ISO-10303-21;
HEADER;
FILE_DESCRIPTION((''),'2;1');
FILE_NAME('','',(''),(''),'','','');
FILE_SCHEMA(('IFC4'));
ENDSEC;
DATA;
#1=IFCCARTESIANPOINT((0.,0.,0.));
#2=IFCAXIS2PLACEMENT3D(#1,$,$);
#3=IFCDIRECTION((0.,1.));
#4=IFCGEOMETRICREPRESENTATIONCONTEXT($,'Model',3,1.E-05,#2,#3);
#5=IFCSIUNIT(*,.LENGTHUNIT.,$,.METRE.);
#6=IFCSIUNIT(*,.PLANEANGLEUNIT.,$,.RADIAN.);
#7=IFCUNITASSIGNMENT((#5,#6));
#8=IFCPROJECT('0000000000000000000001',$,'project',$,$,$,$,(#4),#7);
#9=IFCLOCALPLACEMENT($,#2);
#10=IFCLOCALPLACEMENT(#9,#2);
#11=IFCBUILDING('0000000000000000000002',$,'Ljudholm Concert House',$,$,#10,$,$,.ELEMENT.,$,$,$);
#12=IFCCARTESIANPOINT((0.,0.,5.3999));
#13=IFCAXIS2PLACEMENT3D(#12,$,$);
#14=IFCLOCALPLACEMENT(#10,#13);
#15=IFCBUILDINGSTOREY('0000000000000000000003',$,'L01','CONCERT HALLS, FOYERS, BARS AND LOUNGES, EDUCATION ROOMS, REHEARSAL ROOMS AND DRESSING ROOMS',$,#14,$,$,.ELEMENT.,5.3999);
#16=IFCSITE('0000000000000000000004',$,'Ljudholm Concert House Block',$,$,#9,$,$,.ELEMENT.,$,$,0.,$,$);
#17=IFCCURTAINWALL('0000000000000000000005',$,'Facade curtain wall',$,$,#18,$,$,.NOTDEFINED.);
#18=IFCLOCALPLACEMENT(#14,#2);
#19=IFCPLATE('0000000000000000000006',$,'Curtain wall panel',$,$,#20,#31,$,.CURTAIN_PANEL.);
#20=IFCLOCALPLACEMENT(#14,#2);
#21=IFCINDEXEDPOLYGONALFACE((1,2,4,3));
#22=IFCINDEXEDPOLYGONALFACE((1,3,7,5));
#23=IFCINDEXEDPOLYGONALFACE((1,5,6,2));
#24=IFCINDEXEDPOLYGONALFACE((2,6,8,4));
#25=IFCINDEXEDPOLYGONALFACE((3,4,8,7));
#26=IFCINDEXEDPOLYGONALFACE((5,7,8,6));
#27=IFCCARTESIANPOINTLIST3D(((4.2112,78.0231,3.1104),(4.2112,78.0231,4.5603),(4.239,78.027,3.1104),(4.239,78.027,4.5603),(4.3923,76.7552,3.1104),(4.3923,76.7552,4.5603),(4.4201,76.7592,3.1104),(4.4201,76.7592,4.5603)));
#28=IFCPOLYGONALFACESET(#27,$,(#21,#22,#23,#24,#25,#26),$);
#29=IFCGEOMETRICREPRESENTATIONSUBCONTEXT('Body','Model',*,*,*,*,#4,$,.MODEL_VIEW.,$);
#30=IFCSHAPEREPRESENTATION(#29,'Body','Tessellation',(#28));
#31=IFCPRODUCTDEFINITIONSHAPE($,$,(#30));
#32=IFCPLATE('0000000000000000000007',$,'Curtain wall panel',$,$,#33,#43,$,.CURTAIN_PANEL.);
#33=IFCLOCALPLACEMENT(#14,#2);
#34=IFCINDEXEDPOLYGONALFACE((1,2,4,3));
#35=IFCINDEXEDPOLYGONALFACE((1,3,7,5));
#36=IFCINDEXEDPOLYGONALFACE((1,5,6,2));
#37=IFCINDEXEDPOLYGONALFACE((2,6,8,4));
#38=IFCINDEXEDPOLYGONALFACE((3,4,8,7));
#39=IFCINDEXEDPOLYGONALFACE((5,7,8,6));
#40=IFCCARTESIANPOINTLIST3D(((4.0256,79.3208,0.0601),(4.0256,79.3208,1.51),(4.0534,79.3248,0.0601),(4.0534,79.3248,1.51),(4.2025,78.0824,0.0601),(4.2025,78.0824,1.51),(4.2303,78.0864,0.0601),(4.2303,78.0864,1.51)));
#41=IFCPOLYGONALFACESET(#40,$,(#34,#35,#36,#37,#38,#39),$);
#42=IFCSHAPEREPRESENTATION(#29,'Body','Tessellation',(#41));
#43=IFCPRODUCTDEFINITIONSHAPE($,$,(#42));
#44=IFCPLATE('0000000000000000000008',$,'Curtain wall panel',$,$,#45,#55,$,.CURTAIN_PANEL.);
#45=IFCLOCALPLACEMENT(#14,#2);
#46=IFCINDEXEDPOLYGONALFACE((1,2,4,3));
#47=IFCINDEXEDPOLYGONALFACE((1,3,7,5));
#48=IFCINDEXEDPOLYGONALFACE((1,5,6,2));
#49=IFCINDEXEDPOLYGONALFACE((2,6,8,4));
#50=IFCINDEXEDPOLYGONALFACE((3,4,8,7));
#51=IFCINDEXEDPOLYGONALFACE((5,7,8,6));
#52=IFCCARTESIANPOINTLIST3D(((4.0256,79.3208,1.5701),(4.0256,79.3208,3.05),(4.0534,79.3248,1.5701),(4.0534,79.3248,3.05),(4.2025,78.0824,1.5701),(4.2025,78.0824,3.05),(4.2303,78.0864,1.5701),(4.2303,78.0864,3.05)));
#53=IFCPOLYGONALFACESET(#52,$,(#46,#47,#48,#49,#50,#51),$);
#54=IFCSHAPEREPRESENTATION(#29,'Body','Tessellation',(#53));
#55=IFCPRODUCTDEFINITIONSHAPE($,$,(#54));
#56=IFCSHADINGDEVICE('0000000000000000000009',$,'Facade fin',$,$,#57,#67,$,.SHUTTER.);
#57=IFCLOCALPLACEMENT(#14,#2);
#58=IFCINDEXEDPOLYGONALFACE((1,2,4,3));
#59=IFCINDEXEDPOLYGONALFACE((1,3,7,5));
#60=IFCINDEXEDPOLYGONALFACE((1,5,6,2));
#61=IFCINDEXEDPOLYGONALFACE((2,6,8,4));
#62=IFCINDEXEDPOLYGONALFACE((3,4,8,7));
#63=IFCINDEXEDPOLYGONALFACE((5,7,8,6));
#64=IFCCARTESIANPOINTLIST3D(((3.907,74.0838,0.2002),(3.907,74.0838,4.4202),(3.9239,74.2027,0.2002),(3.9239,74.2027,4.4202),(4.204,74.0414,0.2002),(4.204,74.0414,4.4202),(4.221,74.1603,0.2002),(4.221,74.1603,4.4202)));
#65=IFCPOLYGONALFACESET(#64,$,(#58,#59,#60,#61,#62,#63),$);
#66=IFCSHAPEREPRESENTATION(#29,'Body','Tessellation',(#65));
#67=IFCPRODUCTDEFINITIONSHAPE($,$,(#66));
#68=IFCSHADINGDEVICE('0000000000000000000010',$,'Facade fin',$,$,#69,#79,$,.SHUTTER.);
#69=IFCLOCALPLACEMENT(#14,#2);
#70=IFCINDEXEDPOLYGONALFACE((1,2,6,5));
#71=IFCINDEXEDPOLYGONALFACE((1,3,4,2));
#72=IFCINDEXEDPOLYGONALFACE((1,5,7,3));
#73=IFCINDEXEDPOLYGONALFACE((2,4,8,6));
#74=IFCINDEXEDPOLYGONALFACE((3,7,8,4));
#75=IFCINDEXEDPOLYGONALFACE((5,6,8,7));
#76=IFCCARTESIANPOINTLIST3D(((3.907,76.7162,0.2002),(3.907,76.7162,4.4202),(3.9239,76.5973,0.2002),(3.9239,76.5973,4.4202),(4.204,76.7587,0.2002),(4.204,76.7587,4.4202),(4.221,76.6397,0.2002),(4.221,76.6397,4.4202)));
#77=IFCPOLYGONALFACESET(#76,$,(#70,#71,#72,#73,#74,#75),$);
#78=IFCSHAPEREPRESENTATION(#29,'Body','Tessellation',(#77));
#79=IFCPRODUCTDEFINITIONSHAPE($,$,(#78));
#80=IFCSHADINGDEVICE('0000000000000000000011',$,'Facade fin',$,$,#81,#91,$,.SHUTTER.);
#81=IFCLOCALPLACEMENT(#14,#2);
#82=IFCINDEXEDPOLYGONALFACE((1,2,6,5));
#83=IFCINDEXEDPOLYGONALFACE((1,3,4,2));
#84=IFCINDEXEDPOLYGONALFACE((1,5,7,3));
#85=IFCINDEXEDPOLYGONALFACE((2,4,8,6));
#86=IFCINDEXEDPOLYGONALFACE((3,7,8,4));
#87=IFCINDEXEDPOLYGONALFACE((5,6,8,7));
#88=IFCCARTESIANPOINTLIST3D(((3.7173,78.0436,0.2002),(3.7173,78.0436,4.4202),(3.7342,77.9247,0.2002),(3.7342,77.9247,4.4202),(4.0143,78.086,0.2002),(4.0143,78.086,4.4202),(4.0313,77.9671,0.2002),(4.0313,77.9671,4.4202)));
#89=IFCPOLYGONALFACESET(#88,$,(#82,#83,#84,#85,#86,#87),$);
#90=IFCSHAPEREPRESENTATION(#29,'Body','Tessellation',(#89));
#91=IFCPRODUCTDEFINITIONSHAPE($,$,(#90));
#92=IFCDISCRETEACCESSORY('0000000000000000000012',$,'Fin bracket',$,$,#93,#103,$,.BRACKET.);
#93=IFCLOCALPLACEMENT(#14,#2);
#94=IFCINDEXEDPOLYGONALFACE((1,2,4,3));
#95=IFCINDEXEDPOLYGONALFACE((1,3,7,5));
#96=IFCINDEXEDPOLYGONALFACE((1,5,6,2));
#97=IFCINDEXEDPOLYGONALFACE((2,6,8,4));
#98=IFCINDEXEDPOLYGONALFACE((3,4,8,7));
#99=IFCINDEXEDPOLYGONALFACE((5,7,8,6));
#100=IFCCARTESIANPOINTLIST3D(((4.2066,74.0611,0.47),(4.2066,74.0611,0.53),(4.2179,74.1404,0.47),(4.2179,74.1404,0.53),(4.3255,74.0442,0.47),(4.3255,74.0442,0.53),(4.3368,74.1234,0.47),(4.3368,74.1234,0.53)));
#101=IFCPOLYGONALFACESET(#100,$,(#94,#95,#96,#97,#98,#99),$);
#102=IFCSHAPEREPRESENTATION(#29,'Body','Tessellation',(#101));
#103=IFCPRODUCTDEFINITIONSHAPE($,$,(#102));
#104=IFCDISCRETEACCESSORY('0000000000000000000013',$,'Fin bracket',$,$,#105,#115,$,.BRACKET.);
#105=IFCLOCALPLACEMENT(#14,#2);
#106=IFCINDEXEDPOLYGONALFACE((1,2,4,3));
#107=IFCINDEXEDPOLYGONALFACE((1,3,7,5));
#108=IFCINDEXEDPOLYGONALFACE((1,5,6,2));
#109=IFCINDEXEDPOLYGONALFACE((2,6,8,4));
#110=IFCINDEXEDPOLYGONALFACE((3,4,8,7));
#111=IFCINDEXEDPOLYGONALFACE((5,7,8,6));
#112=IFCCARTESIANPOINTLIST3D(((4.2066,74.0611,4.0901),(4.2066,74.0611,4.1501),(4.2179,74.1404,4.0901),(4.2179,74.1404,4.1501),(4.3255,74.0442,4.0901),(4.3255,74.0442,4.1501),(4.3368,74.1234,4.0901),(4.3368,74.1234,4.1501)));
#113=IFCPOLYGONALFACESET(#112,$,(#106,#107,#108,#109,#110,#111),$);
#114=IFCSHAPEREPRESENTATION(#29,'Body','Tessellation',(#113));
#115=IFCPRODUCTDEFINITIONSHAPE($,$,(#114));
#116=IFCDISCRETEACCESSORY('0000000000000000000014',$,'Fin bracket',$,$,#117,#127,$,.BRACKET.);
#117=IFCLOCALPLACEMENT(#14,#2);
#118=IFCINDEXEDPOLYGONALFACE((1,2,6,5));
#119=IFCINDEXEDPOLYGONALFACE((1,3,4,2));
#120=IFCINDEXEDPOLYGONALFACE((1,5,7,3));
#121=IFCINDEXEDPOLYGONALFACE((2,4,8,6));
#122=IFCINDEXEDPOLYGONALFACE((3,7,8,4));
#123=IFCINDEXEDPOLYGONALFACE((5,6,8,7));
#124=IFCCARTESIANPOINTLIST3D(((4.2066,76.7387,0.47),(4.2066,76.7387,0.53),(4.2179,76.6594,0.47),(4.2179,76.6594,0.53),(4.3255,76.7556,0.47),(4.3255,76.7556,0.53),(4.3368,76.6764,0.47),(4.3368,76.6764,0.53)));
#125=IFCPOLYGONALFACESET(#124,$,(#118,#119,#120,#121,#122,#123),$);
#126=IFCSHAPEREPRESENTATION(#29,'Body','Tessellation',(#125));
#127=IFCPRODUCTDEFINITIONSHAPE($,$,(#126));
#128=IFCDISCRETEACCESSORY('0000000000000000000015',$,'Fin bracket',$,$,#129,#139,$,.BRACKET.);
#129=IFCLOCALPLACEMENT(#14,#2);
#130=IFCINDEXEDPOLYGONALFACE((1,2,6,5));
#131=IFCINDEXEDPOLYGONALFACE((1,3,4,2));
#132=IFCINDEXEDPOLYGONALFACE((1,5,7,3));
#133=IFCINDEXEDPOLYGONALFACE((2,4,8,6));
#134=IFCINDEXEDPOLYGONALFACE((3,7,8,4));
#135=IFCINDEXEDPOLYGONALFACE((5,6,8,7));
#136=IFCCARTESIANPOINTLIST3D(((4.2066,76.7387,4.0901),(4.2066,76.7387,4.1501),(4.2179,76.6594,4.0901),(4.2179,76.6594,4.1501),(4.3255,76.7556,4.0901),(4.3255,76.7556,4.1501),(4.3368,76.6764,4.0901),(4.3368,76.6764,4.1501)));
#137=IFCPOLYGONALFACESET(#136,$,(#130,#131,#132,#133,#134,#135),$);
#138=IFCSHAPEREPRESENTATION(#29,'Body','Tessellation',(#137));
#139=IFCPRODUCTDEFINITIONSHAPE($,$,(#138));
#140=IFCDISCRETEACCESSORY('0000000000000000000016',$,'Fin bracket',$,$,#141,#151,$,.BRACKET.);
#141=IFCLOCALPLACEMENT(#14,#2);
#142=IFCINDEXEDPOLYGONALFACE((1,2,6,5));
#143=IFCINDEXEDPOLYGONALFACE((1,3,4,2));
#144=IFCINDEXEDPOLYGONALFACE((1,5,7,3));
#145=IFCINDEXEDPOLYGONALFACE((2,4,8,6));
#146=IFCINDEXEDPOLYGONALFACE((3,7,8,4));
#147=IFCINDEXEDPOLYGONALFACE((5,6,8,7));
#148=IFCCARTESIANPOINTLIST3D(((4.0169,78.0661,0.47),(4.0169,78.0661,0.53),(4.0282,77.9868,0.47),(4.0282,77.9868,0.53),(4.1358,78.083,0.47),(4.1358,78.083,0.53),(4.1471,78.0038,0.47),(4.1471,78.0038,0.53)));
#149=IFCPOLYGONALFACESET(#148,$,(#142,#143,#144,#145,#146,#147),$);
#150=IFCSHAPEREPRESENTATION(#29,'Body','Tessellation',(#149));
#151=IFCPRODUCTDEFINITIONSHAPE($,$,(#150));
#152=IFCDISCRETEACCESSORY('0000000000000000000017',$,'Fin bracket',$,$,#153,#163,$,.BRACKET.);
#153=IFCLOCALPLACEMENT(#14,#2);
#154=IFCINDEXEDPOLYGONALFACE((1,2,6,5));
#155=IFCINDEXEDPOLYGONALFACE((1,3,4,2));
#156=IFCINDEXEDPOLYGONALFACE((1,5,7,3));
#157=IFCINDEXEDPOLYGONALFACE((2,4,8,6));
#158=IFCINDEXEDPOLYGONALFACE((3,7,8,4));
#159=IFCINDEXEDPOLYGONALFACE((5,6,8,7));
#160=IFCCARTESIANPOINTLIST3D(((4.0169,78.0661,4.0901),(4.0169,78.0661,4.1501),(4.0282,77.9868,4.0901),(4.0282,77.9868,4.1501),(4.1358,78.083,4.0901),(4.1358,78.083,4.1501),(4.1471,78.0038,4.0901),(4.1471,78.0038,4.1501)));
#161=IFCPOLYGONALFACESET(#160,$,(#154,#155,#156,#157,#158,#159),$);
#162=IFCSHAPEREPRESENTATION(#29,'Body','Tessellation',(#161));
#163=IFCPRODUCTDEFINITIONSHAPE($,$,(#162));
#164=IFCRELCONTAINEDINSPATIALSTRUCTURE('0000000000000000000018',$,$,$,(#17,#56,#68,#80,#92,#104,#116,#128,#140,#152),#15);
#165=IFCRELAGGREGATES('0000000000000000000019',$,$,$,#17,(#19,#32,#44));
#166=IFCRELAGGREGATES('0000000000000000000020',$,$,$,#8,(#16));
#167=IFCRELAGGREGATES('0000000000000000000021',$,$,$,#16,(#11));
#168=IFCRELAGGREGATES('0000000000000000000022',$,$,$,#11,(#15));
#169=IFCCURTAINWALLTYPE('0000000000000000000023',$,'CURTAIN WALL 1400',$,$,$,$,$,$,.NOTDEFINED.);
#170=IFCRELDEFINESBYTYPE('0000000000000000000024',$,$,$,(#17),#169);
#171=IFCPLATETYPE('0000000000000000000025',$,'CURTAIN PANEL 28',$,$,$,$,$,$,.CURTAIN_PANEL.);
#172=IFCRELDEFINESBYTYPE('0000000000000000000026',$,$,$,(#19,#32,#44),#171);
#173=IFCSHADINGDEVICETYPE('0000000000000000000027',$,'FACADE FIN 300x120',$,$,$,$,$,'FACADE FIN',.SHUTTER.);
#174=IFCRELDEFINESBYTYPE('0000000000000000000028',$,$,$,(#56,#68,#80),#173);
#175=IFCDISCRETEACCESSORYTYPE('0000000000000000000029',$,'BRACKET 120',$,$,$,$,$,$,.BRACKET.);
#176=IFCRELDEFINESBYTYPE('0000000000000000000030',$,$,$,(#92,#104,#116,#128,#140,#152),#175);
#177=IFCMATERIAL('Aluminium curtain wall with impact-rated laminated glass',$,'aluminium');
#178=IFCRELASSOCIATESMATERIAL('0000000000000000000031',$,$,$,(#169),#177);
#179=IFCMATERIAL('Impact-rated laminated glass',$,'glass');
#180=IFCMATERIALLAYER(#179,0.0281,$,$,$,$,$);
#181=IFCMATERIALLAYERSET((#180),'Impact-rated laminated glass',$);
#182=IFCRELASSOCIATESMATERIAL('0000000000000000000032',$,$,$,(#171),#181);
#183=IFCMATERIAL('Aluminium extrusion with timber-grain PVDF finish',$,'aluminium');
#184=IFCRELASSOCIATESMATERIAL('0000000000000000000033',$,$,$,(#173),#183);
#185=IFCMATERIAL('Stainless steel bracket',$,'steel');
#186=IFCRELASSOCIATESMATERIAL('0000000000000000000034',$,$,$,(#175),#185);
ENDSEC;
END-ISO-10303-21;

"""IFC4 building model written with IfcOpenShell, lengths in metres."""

from ifc_helpers import new_model, si_unit, direction, frame, origin, origin_2d, place, context, subcontext, project, spatial, rectangle, extrude, material, layer, layer_set, type_object, element, aggregate, save


model = new_model("IFC4")

# Units and contexts
model_context = context("Model", 3, precision=1e-05, world=origin(), true_north=direction((0.0, 1.0)))
body_context = subcontext(model_context, "Body", "Model", "MODEL_VIEW")
ifc_project = project(units=[si_unit("LENGTHUNIT", "METRE"), si_unit("PLANEANGLEUNIT", "RADIAN")], contexts=[model_context])

# Site, building, storey
site_placement = place(None, origin())
site = spatial("IfcSite", under=ifc_project, at=site_placement, Name="Ljudholm Concert House Block", CompositionType="ELEMENT", RefElevation=0.0)
building_placement = place(site_placement, origin())
building = spatial("IfcBuilding", under=site, at=building_placement, Name="Ljudholm Concert House", CompositionType="ELEMENT")
storey_placement = place(building_placement, frame((0.0, 0.0, 5.3999)))
storey = spatial("IfcBuildingStorey", under=building, at=storey_placement, Name="L01", Description="CONCERT HALLS, FOYERS, BARS AND LOUNGES, EDUCATION ROOMS, REHEARSAL ROOMS AND DRESSING ROOMS", CompositionType="ELEMENT", Elevation=5.3999)

# Curtain wall
ifc_material_1 = material(Name="Aluminium curtain wall with impact-rated laminated glass", Category="aluminium")
curtain_wall_type = type_object("IfcCurtainWallType", Name="CURTAIN WALL 1400", PredefinedType="NOTDEFINED", material=ifc_material_1)
curtain_wall_1_placement = place(storey_placement, origin())
curtain_wall_1 = element("IfcCurtainWall", 1, at=curtain_wall_1_placement, inside=storey, type_object=curtain_wall_type, Name="Facade curtain wall", PredefinedType="NOTDEFINED")

# Shared definitions
ifc_material_2 = material(Name="Impact-rated laminated glass", Category="glass")
ifc_layer = layer(ifc_material_2, 0.0281)
ifc_layer_set = layer_set([ifc_layer], Name="Impact-rated laminated glass")
plate_type = type_object("IfcPlateType", Name="CURTAIN PANEL 28", PredefinedType="CURTAIN_PANEL", material=ifc_layer_set)

# Plates
plate_1_placement = place(storey_placement, frame((4.3157, 77.3911, 3.1104), z_axis=(0.0, 0.0, 1.0), x_axis=(-0.141421, 0.989949, 0.0)))
plate_1 = element("IfcPlate", 2, at=plate_1_placement, type_object=plate_type, Name="Curtain wall panel", PredefinedType="CURTAIN_PANEL", context=body_context, shape_type="SweptSolid", body=[
    extrude(rectangle(XDim=1.2808, YDim=0.0281, at=origin_2d()), origin(), (0.0, 0.0, 1.0), 1.45),
])
plate_2_placement = place(storey_placement, frame((4.1279, 78.7036, 0.0601), z_axis=(0.0, 0.0, 1.0), x_axis=(-0.141421, 0.989949, 0.0)))
plate_2 = element("IfcPlate", 3, at=plate_2_placement, type_object=plate_type, Name="Curtain wall panel", PredefinedType="CURTAIN_PANEL", context=body_context, shape_type="SweptSolid", body=[
    extrude(rectangle(XDim=1.251, YDim=0.0281, at=origin_2d()), origin(), (0.0, 0.0, 1.0), 1.45),
])
plate_3_placement = place(storey_placement, frame((4.1279, 78.7036, 1.5701), z_axis=(0.0, 0.0, 1.0), x_axis=(-0.141421, 0.989949, 0.0)))
plate_3 = element("IfcPlate", 4, at=plate_3_placement, type_object=plate_type, Name="Curtain wall panel", PredefinedType="CURTAIN_PANEL", context=body_context, shape_type="SweptSolid", body=[
    extrude(rectangle(XDim=1.251, YDim=0.0281, at=origin_2d()), origin(), (0.0, 0.0, 1.0), 1.48),
])
aggregate(curtain_wall_1, [plate_1, plate_2, plate_3])

# Shading devices
ifc_material_3 = material(Name="Aluminium extrusion with timber-grain PVDF finish", Category="aluminium")
shading_device_type = type_object("IfcShadingDeviceType", Name="FACADE FIN 300x120", ElementType="FACADE FIN", PredefinedType="SHUTTER", material=ifc_material_3)
for number, where, z_axis, x_axis, name in (
    (5, (4.064, 74.1221, 0.2002), (0.0, 0.0, 1.0), (-0.989949, 0.141421, 0.0), "Facade fin"),
    (6, (4.064, 76.678, 0.2002), (0.0, 0.0, 1.0), (-0.989949, -0.141421, 0.0), "Facade fin"),
    (7, (3.8743, 78.0054, 0.2002), (0.0, 0.0, 1.0), (-0.989949, -0.141421, 0.0), "Facade fin"),
):
    element("IfcShadingDevice", number, at=place(storey_placement, frame(where, z_axis=z_axis, x_axis=x_axis)), inside=storey, type_object=shading_device_type, Name=name, PredefinedType="SHUTTER", context=body_context, shape_type="SweptSolid", body=[
        extrude(rectangle(XDim=0.3, YDim=0.1201, at=origin_2d()), origin(), (0.0, 0.0, 1.0), 4.22),
    ])

# Discrete accessories
ifc_material_4 = material(Name="Stainless steel bracket", Category="steel")
discrete_accessory_type = type_object("IfcDiscreteAccessoryType", Name="BRACKET 120", PredefinedType="BRACKET", material=ifc_material_4)
for number, where, z_axis, x_axis, name in (
    (8, (4.2717, 74.0923, 0.47), (0.0, 0.0, 1.0), (-0.989949, 0.141421, 0.0), "Fin bracket"),
    (9, (4.2717, 74.0923, 4.0901), (0.0, 0.0, 1.0), (-0.989949, 0.141421, 0.0), "Fin bracket"),
    (10, (4.2717, 76.7075, 0.47), (0.0, 0.0, 1.0), (-0.989949, -0.141421, 0.0), "Fin bracket"),
    (11, (4.2717, 76.7075, 4.0901), (0.0, 0.0, 1.0), (-0.989949, -0.141421, 0.0), "Fin bracket"),
    (12, (4.082, 78.0349, 0.47), (0.0, 0.0, 1.0), (-0.989949, -0.141421, 0.0), "Fin bracket"),
    (13, (4.082, 78.0349, 4.0901), (0.0, 0.0, 1.0), (-0.989949, -0.141421, 0.0), "Fin bracket"),
):
    element("IfcDiscreteAccessory", number, at=place(storey_placement, frame(where, z_axis=z_axis, x_axis=x_axis)), inside=storey, type_object=discrete_accessory_type, Name=name, PredefinedType="BRACKET", context=body_context, shape_type="SweptSolid", body=[
        extrude(rectangle(XDim=0.1201, YDim=0.0801, at=origin_2d()), origin(), (0.0, 0.0, 1.0), 0.0601),
    ])

save(model, "model.ifc")
